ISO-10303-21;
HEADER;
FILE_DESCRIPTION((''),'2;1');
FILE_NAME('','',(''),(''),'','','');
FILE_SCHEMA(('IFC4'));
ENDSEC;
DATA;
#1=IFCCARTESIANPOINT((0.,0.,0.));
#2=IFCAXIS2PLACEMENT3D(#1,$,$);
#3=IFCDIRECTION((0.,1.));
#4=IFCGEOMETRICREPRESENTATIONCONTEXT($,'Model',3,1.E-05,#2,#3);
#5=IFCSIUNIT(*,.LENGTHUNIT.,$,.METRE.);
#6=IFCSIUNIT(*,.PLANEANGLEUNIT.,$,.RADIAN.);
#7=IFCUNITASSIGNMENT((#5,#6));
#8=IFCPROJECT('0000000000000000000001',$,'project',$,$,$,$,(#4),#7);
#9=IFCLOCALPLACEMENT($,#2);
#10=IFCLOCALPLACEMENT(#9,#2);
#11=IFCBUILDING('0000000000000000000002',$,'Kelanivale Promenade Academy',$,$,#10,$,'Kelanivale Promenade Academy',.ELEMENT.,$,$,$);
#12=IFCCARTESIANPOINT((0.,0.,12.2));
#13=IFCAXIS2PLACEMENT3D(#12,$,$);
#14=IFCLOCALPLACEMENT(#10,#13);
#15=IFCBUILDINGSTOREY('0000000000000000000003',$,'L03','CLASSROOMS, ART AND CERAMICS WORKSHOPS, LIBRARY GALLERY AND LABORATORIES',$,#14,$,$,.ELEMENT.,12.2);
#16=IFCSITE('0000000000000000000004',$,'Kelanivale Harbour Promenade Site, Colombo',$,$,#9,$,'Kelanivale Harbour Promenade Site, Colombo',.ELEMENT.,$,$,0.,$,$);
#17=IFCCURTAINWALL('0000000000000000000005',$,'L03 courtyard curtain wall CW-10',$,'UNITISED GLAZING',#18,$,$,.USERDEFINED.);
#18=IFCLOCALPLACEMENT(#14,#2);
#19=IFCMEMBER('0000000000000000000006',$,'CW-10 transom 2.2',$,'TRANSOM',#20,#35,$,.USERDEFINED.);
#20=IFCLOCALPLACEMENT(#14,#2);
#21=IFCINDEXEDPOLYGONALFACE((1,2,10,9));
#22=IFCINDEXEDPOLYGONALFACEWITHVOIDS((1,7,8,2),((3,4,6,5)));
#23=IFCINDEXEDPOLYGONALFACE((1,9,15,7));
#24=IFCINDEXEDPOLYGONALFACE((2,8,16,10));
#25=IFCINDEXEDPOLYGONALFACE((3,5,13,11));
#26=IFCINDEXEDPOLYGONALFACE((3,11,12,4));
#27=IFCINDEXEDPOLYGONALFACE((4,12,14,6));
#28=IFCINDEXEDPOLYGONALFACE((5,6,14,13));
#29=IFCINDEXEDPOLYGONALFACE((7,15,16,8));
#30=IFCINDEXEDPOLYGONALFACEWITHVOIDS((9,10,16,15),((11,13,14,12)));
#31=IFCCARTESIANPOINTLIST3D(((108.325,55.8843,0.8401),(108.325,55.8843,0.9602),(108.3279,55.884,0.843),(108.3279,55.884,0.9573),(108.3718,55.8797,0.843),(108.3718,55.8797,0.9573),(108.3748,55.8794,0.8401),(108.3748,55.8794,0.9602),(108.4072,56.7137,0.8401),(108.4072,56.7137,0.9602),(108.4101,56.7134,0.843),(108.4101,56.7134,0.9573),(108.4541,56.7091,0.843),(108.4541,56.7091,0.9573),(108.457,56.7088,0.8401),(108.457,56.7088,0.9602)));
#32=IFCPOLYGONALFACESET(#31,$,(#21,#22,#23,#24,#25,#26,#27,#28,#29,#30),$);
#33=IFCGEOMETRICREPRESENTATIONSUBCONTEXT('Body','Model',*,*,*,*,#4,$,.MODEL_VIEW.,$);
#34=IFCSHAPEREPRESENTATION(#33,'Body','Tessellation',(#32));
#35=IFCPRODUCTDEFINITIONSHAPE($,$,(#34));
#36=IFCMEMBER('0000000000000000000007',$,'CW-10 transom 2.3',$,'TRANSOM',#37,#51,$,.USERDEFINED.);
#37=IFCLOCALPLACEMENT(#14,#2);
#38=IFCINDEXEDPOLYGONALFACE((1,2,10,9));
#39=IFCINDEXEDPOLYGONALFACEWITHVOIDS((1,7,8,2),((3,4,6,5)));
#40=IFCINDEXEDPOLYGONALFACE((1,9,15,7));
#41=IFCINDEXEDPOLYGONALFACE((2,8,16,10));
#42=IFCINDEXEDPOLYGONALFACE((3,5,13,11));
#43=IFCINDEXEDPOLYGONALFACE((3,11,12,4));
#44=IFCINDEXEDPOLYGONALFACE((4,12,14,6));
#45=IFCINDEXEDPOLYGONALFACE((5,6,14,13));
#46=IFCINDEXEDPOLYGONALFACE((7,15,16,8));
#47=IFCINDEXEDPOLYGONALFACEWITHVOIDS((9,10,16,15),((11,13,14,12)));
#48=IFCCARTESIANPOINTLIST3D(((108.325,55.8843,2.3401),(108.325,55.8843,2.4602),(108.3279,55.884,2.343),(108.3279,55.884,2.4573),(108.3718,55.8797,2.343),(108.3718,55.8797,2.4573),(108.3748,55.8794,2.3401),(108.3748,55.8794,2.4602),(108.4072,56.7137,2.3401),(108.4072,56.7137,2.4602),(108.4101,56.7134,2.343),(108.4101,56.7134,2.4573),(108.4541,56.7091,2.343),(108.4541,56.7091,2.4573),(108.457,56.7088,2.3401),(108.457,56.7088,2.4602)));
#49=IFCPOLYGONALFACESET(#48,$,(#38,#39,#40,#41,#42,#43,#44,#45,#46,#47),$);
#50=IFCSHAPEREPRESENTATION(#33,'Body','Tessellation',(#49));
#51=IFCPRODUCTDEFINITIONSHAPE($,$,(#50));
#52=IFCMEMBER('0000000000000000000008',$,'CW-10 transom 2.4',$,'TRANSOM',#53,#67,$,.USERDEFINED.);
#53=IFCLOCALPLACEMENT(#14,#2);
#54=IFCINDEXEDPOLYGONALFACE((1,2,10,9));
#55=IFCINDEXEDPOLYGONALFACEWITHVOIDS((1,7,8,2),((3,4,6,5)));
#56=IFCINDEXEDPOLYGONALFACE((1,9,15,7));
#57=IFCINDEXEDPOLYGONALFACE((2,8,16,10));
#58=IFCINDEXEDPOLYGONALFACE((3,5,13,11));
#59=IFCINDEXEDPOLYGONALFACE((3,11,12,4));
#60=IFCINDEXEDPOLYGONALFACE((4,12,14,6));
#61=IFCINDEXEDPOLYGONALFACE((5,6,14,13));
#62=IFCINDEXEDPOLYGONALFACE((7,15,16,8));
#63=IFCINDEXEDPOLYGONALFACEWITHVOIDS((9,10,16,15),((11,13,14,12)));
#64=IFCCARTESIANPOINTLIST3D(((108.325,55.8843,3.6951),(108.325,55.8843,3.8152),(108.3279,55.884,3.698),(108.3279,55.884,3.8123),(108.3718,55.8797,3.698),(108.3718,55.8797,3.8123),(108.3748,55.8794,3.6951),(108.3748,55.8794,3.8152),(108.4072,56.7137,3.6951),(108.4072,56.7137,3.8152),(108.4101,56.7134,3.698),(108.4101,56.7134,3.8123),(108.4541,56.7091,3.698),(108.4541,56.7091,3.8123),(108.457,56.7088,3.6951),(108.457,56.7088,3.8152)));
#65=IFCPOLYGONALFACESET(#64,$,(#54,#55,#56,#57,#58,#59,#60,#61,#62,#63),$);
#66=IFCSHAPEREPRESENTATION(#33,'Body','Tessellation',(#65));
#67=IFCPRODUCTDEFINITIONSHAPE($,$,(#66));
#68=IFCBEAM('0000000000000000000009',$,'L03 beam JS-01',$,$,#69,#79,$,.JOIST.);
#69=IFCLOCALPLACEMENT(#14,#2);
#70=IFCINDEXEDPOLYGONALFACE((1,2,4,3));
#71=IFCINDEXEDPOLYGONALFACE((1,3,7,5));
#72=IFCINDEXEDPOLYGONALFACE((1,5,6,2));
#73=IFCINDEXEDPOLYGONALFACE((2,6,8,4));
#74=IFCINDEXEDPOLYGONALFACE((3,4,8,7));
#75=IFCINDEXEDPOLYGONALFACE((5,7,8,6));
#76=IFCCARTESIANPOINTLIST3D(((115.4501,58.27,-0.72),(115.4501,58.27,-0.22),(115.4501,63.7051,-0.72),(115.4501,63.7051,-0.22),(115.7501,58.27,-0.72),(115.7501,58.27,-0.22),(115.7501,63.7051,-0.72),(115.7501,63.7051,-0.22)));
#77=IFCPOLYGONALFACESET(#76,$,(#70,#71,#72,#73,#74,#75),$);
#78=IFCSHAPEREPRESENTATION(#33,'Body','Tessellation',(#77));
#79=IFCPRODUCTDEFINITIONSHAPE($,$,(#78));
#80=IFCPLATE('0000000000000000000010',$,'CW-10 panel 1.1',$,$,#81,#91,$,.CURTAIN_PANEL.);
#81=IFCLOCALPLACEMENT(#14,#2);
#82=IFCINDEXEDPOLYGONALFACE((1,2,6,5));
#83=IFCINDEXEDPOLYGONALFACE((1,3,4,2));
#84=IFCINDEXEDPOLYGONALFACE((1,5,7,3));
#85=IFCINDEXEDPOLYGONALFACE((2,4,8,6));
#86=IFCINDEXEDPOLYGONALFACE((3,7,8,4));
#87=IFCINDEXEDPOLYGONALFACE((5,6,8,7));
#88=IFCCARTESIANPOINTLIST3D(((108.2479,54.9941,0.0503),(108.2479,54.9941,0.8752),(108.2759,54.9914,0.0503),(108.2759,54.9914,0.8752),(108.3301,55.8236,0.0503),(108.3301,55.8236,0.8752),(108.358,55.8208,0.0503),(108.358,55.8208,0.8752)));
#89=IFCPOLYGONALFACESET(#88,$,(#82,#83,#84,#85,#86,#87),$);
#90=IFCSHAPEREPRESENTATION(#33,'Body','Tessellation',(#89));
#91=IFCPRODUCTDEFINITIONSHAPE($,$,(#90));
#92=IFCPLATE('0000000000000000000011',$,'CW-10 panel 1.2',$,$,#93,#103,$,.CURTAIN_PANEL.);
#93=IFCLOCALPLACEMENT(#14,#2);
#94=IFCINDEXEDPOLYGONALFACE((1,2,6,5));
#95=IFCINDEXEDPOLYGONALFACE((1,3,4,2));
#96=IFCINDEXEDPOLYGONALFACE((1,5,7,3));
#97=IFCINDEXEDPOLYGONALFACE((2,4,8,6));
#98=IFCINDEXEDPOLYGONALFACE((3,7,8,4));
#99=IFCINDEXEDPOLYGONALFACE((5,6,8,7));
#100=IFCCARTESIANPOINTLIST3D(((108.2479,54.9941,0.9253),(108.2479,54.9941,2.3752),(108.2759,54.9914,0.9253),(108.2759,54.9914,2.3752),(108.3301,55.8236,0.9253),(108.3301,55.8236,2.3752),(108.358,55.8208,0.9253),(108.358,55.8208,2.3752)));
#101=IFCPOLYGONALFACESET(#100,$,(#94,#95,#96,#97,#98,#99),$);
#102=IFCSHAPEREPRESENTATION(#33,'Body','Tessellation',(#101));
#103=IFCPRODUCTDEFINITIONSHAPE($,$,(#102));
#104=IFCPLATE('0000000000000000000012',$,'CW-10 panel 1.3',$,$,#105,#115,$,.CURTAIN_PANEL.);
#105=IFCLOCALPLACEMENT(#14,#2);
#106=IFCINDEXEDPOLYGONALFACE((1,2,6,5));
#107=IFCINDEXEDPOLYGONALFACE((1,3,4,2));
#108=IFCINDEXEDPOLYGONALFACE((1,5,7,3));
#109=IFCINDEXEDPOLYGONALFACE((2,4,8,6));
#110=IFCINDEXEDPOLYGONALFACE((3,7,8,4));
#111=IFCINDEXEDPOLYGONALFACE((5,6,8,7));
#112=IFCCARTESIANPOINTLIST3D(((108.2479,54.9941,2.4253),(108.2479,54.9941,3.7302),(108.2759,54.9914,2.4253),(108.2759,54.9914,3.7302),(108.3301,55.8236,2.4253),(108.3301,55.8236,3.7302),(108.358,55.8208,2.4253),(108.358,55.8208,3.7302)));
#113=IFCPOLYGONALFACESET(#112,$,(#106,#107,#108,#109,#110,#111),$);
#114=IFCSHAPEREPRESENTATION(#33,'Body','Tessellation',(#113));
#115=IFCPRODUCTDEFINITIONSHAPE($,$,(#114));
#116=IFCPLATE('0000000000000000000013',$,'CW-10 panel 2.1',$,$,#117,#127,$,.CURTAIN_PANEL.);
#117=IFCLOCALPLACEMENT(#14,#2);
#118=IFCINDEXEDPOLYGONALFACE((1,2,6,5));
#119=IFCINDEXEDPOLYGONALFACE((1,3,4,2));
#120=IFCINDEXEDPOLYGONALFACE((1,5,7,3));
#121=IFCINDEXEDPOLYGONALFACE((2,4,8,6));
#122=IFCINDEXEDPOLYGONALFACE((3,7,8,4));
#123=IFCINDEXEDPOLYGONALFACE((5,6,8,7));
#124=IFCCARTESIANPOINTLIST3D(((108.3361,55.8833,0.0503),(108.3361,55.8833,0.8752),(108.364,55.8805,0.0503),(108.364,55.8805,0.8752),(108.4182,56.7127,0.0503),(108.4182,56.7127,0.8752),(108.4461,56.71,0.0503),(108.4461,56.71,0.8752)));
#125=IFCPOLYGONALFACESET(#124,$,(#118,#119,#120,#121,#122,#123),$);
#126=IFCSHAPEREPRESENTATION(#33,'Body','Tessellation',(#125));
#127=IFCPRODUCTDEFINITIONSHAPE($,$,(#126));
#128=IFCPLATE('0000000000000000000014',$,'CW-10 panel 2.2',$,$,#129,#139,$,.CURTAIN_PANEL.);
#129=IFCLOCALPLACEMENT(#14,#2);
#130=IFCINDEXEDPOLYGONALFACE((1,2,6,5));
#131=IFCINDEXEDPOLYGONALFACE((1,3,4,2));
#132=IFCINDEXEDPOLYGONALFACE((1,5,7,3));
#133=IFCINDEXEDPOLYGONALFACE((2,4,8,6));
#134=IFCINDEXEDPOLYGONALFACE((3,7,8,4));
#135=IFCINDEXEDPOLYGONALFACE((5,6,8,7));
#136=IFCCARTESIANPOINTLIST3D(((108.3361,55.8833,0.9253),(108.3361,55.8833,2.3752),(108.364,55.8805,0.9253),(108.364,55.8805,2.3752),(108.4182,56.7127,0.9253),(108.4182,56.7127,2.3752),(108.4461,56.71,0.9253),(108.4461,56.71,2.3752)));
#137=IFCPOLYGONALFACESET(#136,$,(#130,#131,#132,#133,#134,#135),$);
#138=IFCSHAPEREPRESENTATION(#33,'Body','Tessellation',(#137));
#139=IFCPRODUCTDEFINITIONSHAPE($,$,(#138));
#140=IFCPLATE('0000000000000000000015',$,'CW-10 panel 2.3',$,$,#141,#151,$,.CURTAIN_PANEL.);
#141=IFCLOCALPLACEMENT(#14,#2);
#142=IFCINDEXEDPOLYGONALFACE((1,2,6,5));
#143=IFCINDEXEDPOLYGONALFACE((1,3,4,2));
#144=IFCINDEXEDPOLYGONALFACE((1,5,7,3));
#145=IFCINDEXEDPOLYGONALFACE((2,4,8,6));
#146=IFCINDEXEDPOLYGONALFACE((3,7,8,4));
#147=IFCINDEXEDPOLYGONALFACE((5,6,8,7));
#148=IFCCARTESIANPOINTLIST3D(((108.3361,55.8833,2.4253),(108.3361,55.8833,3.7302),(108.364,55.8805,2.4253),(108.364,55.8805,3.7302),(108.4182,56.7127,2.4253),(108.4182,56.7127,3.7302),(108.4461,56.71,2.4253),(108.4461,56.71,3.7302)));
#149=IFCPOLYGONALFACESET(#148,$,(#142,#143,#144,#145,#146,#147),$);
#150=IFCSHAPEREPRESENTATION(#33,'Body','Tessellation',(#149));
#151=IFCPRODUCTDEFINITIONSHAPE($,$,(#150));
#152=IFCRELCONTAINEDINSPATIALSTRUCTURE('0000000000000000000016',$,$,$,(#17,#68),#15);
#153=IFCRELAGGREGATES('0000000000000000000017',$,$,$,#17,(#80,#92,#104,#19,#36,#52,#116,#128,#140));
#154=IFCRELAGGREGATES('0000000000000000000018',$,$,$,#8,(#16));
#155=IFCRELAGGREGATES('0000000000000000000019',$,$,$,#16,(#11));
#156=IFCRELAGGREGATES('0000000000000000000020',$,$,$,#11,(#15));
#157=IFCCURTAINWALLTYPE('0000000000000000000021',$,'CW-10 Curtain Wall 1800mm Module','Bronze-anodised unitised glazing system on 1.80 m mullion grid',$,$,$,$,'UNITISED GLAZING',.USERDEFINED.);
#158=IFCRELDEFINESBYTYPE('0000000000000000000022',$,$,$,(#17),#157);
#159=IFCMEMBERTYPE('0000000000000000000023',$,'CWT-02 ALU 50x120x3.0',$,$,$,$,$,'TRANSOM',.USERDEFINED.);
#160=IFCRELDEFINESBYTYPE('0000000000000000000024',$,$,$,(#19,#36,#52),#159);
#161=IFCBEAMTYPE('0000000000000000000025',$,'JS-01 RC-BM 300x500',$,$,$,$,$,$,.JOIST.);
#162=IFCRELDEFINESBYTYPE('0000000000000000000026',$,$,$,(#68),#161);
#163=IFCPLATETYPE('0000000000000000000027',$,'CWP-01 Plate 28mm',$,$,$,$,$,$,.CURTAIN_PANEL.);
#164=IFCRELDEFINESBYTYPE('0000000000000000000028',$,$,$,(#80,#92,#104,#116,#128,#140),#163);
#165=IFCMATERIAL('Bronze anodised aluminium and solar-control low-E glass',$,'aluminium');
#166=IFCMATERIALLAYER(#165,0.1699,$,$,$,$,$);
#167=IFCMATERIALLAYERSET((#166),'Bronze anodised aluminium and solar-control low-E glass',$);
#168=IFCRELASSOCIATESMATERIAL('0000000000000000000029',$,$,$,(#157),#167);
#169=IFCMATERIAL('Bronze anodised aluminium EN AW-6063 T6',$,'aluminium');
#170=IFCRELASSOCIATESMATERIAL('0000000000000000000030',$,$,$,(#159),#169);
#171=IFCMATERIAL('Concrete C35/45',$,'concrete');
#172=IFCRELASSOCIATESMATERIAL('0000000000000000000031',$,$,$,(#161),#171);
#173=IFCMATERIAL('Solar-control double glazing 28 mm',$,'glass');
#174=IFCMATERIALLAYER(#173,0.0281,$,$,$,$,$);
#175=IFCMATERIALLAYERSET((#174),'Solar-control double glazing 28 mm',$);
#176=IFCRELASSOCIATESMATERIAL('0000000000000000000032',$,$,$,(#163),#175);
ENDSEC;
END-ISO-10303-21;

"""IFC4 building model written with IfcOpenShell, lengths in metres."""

from ifc_helpers import new_model, si_unit, direction, frame, origin, origin_2d, place, context, subcontext, project, spatial, rectangle, hollow_rectangle, extrude, material, layer, layer_set, material_profile, profile_set, type_object, element, aggregate, save


model = new_model("IFC4")

# Units and contexts
model_context = context("Model", 3, precision=1e-05, world=origin(), true_north=direction((0.0, 1.0)))
body_context = subcontext(model_context, "Body", "Model", "MODEL_VIEW")
ifc_project = project(units=[si_unit("LENGTHUNIT", "METRE"), si_unit("PLANEANGLEUNIT", "RADIAN")], contexts=[model_context])

# Site, building, storey
site_placement = place(None, origin())
site = spatial("IfcSite", under=ifc_project, at=site_placement, Name="Kelanivale Harbour Promenade Site, Colombo", LongName="Kelanivale Harbour Promenade Site, Colombo", CompositionType="ELEMENT", RefElevation=0.0)
building_placement = place(site_placement, origin())
building = spatial("IfcBuilding", under=site, at=building_placement, Name="Kelanivale Promenade Academy", LongName="Kelanivale Promenade Academy", CompositionType="ELEMENT")
storey_placement = place(building_placement, frame((0.0, 0.0, 12.2)))
storey = spatial("IfcBuildingStorey", under=building, at=storey_placement, Name="L03", Description="CLASSROOMS, ART AND CERAMICS WORKSHOPS, LIBRARY GALLERY AND LABORATORIES", CompositionType="ELEMENT", Elevation=12.2)

# Shared definitions
ifc_material_1 = material(Name="Concrete C35/45", Category="concrete")

# Curtain wall, members
ifc_material_2 = material(Name="Bronze anodised aluminium and solar-control low-E glass", Category="aluminium")
ifc_layer_1 = layer(ifc_material_2, 0.1699)
ifc_layer_set_1 = layer_set([ifc_layer_1], Name="Bronze anodised aluminium and solar-control low-E glass")
curtain_wall_type = type_object("IfcCurtainWallType", Name="CW-10 Curtain Wall 1800mm Module", Description="Bronze-anodised unitised glazing system on 1.80 m mullion grid", ElementType="UNITISED GLAZING", PredefinedType="USERDEFINED", material=ifc_layer_set_1)
curtain_wall_placement = place(storey_placement, origin())
curtain_wall = element("IfcCurtainWall", 1, at=curtain_wall_placement, inside=storey, type_object=curtain_wall_type, Name="L03 courtyard curtain wall CW-10", ObjectType="UNITISED GLAZING", PredefinedType="USERDEFINED")
ifc_material_3 = material(Name="Bronze anodised aluminium EN AW-6063 T6", Category="aluminium")
ifc_material_profile_1 = material_profile(ifc_material_3, hollow_rectangle(XDim=0.05, YDim=0.1201, WallThickness=0.0029, at=origin_2d()), Name="ALU 50x120x3.0")
ifc_profile_set_1 = profile_set([ifc_material_profile_1], Name="Bronze anodised aluminium EN AW-6063 T6")
member_type_1 = type_object("IfcMemberType", Name="CWT-02 ALU 50x120x3.0", ElementType="TRANSOM", PredefinedType="USERDEFINED", material=ifc_profile_set_1)
member_1_placement = place(storey_placement, frame((108.3499, 55.8818, 0.9001), z_axis=(0.098721, 0.995115, 0.0), x_axis=(-0.995115, 0.098721, 0.0)))
member_1 = element("IfcMember", 2, at=member_1_placement, type_object=member_type_1, Name="CW-10 transom 2.2", ObjectType="TRANSOM", PredefinedType="USERDEFINED", context=body_context, shape_type="SweptSolid", body=[
    extrude(hollow_rectangle(XDim=0.05, YDim=0.1201, WallThickness=0.0029, at=origin_2d()), origin(), (0.0, 0.0, 1.0), 0.8335),
])
member_2_placement = place(storey_placement, frame((108.3499, 55.8818, 2.4001), z_axis=(0.098721, 0.995115, 0.0), x_axis=(-0.995115, 0.098721, 0.0)))
member_2 = element("IfcMember", 3, at=member_2_placement, type_object=member_type_1, Name="CW-10 transom 2.3", ObjectType="TRANSOM", PredefinedType="USERDEFINED", context=body_context, shape_type="SweptSolid", body=[
    extrude(hollow_rectangle(XDim=0.05, YDim=0.1201, WallThickness=0.0029, at=origin_2d()), origin(), (0.0, 0.0, 1.0), 0.8335),
])
member_3_placement = place(storey_placement, frame((108.3499, 55.8818, 3.7551), z_axis=(0.098721, 0.995115, 0.0), x_axis=(-0.995115, 0.098721, 0.0)))
member_3 = element("IfcMember", 4, at=member_3_placement, type_object=member_type_1, Name="CW-10 transom 2.4", ObjectType="TRANSOM", PredefinedType="USERDEFINED", context=body_context, shape_type="SweptSolid", body=[
    extrude(hollow_rectangle(XDim=0.05, YDim=0.1201, WallThickness=0.0029, at=origin_2d()), origin(), (0.0, 0.0, 1.0), 0.8335),
])

# Beam
ifc_material_profile_2 = material_profile(ifc_material_1, rectangle(XDim=0.3, YDim=0.5, at=origin_2d()), Name="RC-BM 300x500")
ifc_profile_set_2 = profile_set([ifc_material_profile_2], Name="Concrete C35/45")
beam_type_1 = type_object("IfcBeamType", Name="JS-01 RC-BM 300x500", PredefinedType="JOIST", material=ifc_profile_set_2)
beam_1_placement = place(storey_placement, frame((115.6001, 58.27, -0.47), z_axis=(0.0, 1.0, 0.0), x_axis=(-1.0, 0.0, 0.0)))
element("IfcBeam", 5, at=beam_1_placement, inside=storey, type_object=beam_type_1, Name="L03 beam JS-01", PredefinedType="JOIST", context=body_context, shape_type="SweptSolid", body=[
    extrude(rectangle(XDim=0.3, YDim=0.5, at=origin_2d()), origin(), (0.0, 0.0, 1.0), 5.4351),
])

# Plates
ifc_material_4 = material(Name="Solar-control double glazing 28 mm", Category="glass")
ifc_layer_2 = layer(ifc_material_4, 0.0281)
ifc_layer_set_2 = layer_set([ifc_layer_2], Name="Solar-control double glazing 28 mm")
plate_type = type_object("IfcPlateType", Name="CWP-01 Plate 28mm", PredefinedType="CURTAIN_PANEL", material=ifc_layer_set_2)
plate_1_placement = place(storey_placement, frame((108.303, 55.4075, 0.0503), z_axis=(0.0, 0.0, 1.0), x_axis=(0.098539, 0.995133, 0.0)))
plate_1 = element("IfcPlate", 6, at=plate_1_placement, type_object=plate_type, Name="CW-10 panel 1.1", PredefinedType="CURTAIN_PANEL", context=body_context, shape_type="SweptSolid", body=[
    extrude(rectangle(XDim=0.8335, YDim=0.0281, at=origin_2d()), origin(), (0.0, 0.0, 1.0), 0.825),
])
plate_2_placement = place(storey_placement, frame((108.303, 55.4075, 0.9253), z_axis=(0.0, 0.0, 1.0), x_axis=(0.098539, 0.995133, 0.0)))
plate_2 = element("IfcPlate", 7, at=plate_2_placement, type_object=plate_type, Name="CW-10 panel 1.2", PredefinedType="CURTAIN_PANEL", context=body_context, shape_type="SweptSolid", body=[
    extrude(rectangle(XDim=0.8335, YDim=0.0281, at=origin_2d()), origin(), (0.0, 0.0, 1.0), 1.45),
])
plate_3_placement = place(storey_placement, frame((108.303, 55.4075, 2.4253), z_axis=(0.0, 0.0, 1.0), x_axis=(0.098539, 0.995133, 0.0)))
plate_3 = element("IfcPlate", 8, at=plate_3_placement, type_object=plate_type, Name="CW-10 panel 1.3", PredefinedType="CURTAIN_PANEL", context=body_context, shape_type="SweptSolid", body=[
    extrude(rectangle(XDim=0.8335, YDim=0.0281, at=origin_2d()), origin(), (0.0, 0.0, 1.0), 1.3049),
])
plate_4_placement = place(storey_placement, frame((108.3911, 56.2966, 0.0503), z_axis=(0.0, 0.0, 1.0), x_axis=(0.098539, 0.995133, 0.0)))
plate_4 = element("IfcPlate", 9, at=plate_4_placement, type_object=plate_type, Name="CW-10 panel 2.1", PredefinedType="CURTAIN_PANEL", context=body_context, shape_type="SweptSolid", body=[
    extrude(rectangle(XDim=0.8335, YDim=0.0281, at=origin_2d()), origin(), (0.0, 0.0, 1.0), 0.825),
])
plate_5_placement = place(storey_placement, frame((108.3911, 56.2966, 0.9253), z_axis=(0.0, 0.0, 1.0), x_axis=(0.098539, 0.995133, 0.0)))
plate_5 = element("IfcPlate", 10, at=plate_5_placement, type_object=plate_type, Name="CW-10 panel 2.2", PredefinedType="CURTAIN_PANEL", context=body_context, shape_type="SweptSolid", body=[
    extrude(rectangle(XDim=0.8335, YDim=0.0281, at=origin_2d()), origin(), (0.0, 0.0, 1.0), 1.45),
])
plate_6_placement = place(storey_placement, frame((108.3911, 56.2966, 2.4253), z_axis=(0.0, 0.0, 1.0), x_axis=(0.098539, 0.995133, 0.0)))
plate_6 = element("IfcPlate", 11, at=plate_6_placement, type_object=plate_type, Name="CW-10 panel 2.3", PredefinedType="CURTAIN_PANEL", context=body_context, shape_type="SweptSolid", body=[
    extrude(rectangle(XDim=0.8335, YDim=0.0281, at=origin_2d()), origin(), (0.0, 0.0, 1.0), 1.3049),
])
aggregate(curtain_wall, [plate_1, plate_2, plate_3, member_1, member_2, member_3, plate_4, plate_5, plate_6])

save(model, "model.ifc")
